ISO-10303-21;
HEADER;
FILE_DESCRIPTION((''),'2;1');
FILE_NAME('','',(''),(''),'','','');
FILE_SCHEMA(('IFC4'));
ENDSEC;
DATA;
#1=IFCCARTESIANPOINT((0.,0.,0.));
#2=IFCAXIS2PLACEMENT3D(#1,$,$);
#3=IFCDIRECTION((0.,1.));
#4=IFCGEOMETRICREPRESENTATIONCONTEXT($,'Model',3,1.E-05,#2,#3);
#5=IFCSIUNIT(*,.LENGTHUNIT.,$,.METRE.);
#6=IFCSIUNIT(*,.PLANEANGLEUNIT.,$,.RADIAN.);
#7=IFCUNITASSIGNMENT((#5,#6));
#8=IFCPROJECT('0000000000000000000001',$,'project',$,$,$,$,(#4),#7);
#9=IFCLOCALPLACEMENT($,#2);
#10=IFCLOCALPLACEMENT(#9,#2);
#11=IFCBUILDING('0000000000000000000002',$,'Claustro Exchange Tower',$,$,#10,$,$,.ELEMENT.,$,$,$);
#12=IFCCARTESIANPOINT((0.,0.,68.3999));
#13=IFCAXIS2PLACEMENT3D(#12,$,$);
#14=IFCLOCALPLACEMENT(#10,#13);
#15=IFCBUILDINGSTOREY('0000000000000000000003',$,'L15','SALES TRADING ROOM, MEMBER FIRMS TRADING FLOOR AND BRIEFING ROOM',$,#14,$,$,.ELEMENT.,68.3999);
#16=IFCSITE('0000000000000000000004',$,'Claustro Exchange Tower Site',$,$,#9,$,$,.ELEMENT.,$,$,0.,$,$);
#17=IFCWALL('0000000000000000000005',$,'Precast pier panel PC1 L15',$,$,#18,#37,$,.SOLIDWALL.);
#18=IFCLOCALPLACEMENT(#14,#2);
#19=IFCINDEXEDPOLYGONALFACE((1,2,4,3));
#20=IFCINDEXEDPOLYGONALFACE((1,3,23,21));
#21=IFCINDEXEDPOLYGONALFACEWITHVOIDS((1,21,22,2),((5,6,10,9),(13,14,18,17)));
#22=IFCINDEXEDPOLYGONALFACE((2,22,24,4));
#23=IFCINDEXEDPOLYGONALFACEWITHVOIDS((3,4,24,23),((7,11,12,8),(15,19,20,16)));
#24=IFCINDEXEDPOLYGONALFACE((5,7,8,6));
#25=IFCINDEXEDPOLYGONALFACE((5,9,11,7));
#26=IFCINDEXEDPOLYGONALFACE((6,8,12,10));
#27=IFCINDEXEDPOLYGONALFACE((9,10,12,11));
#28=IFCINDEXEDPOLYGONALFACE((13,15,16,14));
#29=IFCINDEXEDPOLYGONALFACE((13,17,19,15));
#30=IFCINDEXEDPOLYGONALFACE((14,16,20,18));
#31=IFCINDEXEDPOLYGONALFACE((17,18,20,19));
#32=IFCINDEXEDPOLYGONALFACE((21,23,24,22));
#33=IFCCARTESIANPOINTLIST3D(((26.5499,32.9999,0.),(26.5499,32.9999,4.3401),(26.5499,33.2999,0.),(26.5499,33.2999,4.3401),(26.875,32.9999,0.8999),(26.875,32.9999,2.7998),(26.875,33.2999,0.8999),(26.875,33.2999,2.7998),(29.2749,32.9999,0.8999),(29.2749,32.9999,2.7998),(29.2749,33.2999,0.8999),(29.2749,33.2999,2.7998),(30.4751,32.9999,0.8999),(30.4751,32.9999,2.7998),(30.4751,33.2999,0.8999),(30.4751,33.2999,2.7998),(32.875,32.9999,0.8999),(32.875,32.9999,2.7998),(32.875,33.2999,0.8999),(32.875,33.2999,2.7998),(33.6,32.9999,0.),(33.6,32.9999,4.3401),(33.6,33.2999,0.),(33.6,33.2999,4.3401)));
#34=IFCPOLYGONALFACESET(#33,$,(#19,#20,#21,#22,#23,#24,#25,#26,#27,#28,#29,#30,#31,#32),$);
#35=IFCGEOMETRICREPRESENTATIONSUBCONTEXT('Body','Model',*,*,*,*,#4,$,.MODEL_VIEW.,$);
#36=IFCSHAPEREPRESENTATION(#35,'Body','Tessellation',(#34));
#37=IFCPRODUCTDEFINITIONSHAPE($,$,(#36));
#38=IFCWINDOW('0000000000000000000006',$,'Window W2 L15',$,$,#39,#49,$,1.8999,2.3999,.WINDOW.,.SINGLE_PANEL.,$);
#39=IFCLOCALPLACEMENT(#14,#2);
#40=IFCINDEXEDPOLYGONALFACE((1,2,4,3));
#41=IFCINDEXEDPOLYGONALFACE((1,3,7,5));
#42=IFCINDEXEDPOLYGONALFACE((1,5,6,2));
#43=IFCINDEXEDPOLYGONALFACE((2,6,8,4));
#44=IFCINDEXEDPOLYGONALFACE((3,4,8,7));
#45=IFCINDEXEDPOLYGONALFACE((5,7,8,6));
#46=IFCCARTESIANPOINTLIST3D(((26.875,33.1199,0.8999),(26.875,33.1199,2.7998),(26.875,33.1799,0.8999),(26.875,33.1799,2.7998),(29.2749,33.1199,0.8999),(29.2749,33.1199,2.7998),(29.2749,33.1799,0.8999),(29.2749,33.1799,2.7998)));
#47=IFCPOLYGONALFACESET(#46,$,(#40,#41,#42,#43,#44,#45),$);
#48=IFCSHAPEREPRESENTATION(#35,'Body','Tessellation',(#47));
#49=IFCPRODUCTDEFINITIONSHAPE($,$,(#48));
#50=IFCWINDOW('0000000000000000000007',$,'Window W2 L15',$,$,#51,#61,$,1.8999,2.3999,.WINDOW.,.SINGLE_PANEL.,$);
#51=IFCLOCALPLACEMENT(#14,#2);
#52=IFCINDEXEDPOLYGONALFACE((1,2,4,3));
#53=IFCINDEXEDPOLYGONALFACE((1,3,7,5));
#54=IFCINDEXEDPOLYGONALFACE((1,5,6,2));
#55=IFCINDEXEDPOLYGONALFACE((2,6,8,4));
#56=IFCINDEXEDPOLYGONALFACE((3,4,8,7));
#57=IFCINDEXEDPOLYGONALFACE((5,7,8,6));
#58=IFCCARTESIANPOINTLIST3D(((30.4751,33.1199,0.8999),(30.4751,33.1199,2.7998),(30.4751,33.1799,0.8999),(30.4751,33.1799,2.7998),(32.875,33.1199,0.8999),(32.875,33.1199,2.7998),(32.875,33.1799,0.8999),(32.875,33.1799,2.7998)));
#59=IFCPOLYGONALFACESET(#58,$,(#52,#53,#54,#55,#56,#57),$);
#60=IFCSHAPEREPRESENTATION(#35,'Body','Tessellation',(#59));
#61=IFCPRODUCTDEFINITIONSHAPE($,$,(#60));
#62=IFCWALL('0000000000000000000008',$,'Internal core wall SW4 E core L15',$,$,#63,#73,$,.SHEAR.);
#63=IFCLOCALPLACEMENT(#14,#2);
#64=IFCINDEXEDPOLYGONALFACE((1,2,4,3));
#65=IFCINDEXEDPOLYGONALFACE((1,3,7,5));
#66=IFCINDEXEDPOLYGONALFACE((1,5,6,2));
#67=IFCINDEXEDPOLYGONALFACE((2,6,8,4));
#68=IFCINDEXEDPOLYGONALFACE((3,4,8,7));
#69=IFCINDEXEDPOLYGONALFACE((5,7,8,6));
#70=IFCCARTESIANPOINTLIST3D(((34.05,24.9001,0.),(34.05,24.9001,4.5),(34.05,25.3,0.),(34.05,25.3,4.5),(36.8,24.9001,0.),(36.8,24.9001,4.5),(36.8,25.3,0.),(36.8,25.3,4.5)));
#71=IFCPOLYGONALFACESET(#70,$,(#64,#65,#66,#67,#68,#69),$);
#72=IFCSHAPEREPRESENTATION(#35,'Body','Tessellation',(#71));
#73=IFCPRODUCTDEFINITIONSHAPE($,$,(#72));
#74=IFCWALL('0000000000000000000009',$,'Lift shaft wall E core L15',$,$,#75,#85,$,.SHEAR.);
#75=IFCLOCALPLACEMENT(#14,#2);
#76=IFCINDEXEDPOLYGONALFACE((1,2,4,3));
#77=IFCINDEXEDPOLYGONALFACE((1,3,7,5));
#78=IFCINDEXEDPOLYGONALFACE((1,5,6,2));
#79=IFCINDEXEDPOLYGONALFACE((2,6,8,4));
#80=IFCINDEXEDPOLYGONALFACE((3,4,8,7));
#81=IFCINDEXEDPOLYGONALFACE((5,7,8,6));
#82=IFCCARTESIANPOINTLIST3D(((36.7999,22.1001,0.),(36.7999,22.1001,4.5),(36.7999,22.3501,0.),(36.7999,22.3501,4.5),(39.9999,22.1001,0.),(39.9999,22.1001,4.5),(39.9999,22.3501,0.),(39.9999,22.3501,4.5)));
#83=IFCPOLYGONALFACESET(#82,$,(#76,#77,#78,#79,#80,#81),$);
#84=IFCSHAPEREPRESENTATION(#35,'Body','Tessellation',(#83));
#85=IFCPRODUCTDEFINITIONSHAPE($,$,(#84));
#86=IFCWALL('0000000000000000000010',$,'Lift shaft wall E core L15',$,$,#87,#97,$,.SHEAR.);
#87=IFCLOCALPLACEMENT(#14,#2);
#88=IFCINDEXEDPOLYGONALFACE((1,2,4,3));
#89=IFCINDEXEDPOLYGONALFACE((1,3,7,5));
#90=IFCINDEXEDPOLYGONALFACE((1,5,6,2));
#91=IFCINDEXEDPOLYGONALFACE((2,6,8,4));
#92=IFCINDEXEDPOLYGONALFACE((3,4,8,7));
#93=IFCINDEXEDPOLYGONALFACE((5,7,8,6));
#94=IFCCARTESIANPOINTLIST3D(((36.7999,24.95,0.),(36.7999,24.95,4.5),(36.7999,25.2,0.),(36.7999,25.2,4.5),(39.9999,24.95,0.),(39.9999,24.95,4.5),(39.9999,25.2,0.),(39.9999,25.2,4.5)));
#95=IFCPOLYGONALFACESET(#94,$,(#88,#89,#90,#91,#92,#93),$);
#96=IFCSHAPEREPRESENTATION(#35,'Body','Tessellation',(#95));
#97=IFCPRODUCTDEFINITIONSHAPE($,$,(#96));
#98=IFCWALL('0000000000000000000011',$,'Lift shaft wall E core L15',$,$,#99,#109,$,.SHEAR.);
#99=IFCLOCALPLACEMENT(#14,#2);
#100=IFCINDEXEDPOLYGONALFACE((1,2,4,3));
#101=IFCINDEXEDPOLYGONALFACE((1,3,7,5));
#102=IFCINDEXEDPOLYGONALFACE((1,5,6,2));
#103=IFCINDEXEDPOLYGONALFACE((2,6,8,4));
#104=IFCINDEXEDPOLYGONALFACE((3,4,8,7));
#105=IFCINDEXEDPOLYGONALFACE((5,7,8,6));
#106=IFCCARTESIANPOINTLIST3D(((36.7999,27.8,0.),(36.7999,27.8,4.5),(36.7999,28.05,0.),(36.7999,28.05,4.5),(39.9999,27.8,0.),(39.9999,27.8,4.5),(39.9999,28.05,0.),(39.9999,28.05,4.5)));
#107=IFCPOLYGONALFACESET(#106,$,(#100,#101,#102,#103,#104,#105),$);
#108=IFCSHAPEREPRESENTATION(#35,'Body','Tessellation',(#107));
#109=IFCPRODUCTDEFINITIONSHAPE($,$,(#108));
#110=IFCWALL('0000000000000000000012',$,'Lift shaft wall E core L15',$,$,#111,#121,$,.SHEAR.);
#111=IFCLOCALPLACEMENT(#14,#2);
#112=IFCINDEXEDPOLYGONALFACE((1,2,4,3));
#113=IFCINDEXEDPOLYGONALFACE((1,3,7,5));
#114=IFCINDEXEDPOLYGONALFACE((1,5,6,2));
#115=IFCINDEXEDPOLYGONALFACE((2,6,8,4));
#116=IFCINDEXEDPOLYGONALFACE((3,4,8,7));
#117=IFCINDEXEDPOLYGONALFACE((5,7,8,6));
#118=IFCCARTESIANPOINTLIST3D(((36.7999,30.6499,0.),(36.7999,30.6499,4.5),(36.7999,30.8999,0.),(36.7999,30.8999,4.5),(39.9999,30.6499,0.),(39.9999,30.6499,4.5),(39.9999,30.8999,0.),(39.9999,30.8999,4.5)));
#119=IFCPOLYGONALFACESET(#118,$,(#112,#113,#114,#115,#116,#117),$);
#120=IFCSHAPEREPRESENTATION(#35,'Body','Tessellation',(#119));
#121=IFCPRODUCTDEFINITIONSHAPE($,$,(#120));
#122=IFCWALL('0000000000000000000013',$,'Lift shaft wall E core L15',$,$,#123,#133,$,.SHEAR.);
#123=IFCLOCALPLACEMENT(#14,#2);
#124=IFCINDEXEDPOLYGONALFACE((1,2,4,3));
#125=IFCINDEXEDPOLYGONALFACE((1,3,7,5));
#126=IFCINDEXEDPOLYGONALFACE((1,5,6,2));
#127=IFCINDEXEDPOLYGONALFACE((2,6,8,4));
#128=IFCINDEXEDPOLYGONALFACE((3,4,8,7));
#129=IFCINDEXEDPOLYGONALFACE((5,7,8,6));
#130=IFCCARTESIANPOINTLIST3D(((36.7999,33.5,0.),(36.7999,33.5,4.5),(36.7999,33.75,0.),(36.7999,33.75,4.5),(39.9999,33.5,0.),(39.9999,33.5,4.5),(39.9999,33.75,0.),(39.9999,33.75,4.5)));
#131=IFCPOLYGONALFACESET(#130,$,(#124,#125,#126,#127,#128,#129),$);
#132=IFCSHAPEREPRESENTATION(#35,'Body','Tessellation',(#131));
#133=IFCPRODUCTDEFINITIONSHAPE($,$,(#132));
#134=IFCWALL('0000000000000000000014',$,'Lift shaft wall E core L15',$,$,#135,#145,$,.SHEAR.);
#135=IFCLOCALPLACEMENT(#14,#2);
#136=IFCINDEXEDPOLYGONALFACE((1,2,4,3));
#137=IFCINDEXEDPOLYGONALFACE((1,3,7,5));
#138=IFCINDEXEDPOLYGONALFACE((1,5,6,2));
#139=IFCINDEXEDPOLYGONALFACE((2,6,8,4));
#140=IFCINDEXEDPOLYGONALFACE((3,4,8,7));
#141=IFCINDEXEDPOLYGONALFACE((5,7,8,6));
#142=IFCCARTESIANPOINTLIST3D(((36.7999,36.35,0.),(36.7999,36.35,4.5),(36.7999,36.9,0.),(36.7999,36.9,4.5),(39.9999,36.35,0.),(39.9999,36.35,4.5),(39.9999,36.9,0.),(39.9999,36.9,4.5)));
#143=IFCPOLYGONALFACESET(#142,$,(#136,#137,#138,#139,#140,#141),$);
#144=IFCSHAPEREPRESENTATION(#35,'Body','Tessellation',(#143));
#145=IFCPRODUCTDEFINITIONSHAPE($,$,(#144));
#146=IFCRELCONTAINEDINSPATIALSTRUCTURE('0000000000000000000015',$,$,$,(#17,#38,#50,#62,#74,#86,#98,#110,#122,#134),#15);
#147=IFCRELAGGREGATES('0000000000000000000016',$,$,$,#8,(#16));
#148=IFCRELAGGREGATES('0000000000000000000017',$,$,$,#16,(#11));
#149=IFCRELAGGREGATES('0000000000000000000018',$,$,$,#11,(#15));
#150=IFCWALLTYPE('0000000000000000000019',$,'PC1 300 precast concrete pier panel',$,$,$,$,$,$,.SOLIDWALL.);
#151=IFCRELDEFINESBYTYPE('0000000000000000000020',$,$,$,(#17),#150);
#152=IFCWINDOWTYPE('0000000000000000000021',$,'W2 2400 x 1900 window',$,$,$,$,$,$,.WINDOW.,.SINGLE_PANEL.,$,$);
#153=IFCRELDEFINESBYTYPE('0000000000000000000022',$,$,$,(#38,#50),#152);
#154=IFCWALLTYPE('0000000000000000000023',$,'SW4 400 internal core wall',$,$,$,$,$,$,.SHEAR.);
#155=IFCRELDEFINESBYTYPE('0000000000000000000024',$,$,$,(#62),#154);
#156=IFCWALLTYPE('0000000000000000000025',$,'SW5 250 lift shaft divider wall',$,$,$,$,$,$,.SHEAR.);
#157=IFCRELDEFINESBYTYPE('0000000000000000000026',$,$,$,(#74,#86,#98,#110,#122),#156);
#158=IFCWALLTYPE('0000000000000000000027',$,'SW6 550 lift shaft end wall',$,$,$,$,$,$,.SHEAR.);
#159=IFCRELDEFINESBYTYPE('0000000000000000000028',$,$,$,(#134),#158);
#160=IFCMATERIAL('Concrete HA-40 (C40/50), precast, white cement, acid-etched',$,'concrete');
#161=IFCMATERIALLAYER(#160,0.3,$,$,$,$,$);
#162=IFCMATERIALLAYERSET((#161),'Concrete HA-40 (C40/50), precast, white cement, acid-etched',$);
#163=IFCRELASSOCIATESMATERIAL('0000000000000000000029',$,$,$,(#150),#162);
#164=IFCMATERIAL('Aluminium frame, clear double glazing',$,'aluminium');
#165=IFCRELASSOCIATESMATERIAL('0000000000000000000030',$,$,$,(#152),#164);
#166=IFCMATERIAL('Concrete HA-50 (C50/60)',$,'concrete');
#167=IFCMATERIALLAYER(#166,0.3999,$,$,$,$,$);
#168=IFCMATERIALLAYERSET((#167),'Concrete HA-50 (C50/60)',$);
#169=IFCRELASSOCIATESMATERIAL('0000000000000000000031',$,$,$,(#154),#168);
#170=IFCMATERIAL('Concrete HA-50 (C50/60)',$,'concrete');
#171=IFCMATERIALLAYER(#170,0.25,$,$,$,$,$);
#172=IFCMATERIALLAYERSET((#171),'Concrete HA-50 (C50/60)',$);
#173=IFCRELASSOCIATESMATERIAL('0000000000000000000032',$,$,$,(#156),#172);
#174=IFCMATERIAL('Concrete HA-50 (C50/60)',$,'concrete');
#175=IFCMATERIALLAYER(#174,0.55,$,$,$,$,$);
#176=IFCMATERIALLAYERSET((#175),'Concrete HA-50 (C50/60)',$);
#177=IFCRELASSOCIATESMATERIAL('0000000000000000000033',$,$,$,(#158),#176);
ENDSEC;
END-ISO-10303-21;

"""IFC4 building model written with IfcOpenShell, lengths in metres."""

from ifc_helpers import new_model, si_unit, direction, frame, frame_2d, origin, place, context, subcontext, project, spatial, rectangle, extrude, material, layer, layer_set, type_object, element, fill, save


model = new_model("IFC4")

# Units and contexts
model_context = context("Model", 3, precision=1e-05, world=origin(), true_north=direction((0.0, 1.0)))
body_context = subcontext(model_context, "Body", "Model", "MODEL_VIEW")
ifc_project = project(units=[si_unit("LENGTHUNIT", "METRE"), si_unit("PLANEANGLEUNIT", "RADIAN")], contexts=[model_context])

# Site, building, storey
site_placement = place(None, origin())
site = spatial("IfcSite", under=ifc_project, at=site_placement, Name="Claustro Exchange Tower Site", CompositionType="ELEMENT", RefElevation=0.0)
building_placement = place(site_placement, origin())
building = spatial("IfcBuilding", under=site, at=building_placement, Name="Claustro Exchange Tower", CompositionType="ELEMENT")
storey_placement = place(building_placement, frame((0.0, 0.0, 68.3999)))
storey = spatial("IfcBuildingStorey", under=building, at=storey_placement, Name="L15", Description="SALES TRADING ROOM, MEMBER FIRMS TRADING FLOOR AND BRIEFING ROOM", CompositionType="ELEMENT", Elevation=68.3999)

# Wall, openings, windows
ifc_material_1 = material(Name="Concrete HA-40 (C40/50), precast, white cement, acid-etched", Category="concrete")
ifc_layer_1 = layer(ifc_material_1, 0.3)
ifc_layer_set_1 = layer_set([ifc_layer_1], Name="Concrete HA-40 (C40/50), precast, white cement, acid-etched")
wall_type_1 = type_object("IfcWallType", Name="PC1 300 precast concrete pier panel", PredefinedType="SOLIDWALL", material=ifc_layer_set_1)
wall_1_placement = place(storey_placement, frame((26.55, 33.1499, 0.0), z_axis=(0.0, 0.0, 1.0), x_axis=(1.0, 0.0, 0.0)))
wall_1 = element("IfcWall", 1, at=wall_1_placement, inside=storey, type_object=wall_type_1, Name="Precast pier panel PC1 L15", PredefinedType="SOLIDWALL", context=body_context, shape_type="SweptSolid", body=[
    extrude(rectangle(XDim=7.05, YDim=0.3, at=frame_2d((3.5249, 0.0))), origin(), (0.0, 0.0, 1.0), 4.3401),
])
opening_1_placement = place(wall_1_placement, frame((0.325, 0.0, 0.8999)))
opening_1 = element("IfcOpeningElement", 2, at=opening_1_placement, cuts=wall_1, PredefinedType="OPENING", context=body_context, shape_type="SweptSolid", body=[
    extrude(rectangle(XDim=2.3999, YDim=1.8999, at=frame_2d((1.2, 0.95))), frame((0.0, 0.1599, 0.0), z_axis=(0.0, -1.0, 0.0), x_axis=(1.0, 0.0, 0.0)), (0.0, 0.0, 1.0), 0.3201),
])
opening_2_placement = place(wall_1_placement, frame((3.925, 0.0, 0.8999)))
opening_2 = element("IfcOpeningElement", 3, at=opening_2_placement, cuts=wall_1, PredefinedType="OPENING", context=body_context, shape_type="SweptSolid", body=[
    extrude(rectangle(XDim=2.3999, YDim=1.8999, at=frame_2d((1.2, 0.95))), frame((0.0, 0.1599, 0.0), z_axis=(0.0, -1.0, 0.0), x_axis=(1.0, 0.0, 0.0)), (0.0, 0.0, 1.0), 0.3201),
])
ifc_material_2 = material(Name="Aluminium frame, clear double glazing", Category="aluminium")
window_type = type_object("IfcWindowType", Name="W2 2400 x 1900 window", PartitioningType="SINGLE_PANEL", PredefinedType="WINDOW", material=ifc_material_2)
window_1_placement = place(opening_1_placement, origin())
window_1 = element("IfcWindow", 4, at=window_1_placement, inside=storey, type_object=window_type, Name="Window W2 L15", OverallHeight=1.8999, OverallWidth=2.3999, PartitioningType="SINGLE_PANEL", PredefinedType="WINDOW", context=body_context, shape_type="SweptSolid", body=[
    extrude(rectangle(XDim=2.3999, YDim=1.8999, at=frame_2d((1.2, 0.95))), frame((0.0, 0.03, 0.0), z_axis=(0.0, -1.0, 0.0), x_axis=(1.0, 0.0, 0.0)), (0.0, 0.0, 1.0), 0.0601),
])
fill(opening_1, window_1)
window_2_placement = place(opening_2_placement, origin())
window_2 = element("IfcWindow", 5, at=window_2_placement, inside=storey, type_object=window_type, Name="Window W2 L15", OverallHeight=1.8999, OverallWidth=2.3999, PartitioningType="SINGLE_PANEL", PredefinedType="WINDOW", context=body_context, shape_type="SweptSolid", body=[
    extrude(rectangle(XDim=2.3999, YDim=1.8999, at=frame_2d((1.2, 0.95))), frame((0.0, 0.03, 0.0), z_axis=(0.0, -1.0, 0.0), x_axis=(1.0, 0.0, 0.0)), (0.0, 0.0, 1.0), 0.0601),
])
fill(opening_2, window_2)

# Walls
ifc_material_3 = material(Name="Concrete HA-50 (C50/60)", Category="concrete")
ifc_layer_2 = layer(ifc_material_3, 0.3999)
ifc_layer_set_2 = layer_set([ifc_layer_2], Name="Concrete HA-50 (C50/60)")
wall_type_2 = type_object("IfcWallType", Name="SW4 400 internal core wall", PredefinedType="SHEAR", material=ifc_layer_set_2)
wall_2_placement = place(storey_placement, frame((36.8, 25.1001, 0.0), z_axis=(0.0, 0.0, 1.0), x_axis=(-1.0, 0.0, 0.0)))
element("IfcWall", 6, at=wall_2_placement, inside=storey, type_object=wall_type_2, Name="Internal core wall SW4 E core L15", PredefinedType="SHEAR", context=body_context, shape_type="SweptSolid", body=[
    extrude(rectangle(XDim=2.75, YDim=0.3999, at=frame_2d((1.375, 0.0))), origin(), (0.0, 0.0, 1.0), 4.5),
])
ifc_material_4 = material(Name="Concrete HA-50 (C50/60)", Category="concrete")
ifc_layer_3 = layer(ifc_material_4, 0.25)
ifc_layer_set_3 = layer_set([ifc_layer_3], Name="Concrete HA-50 (C50/60)")
wall_type_3 = type_object("IfcWallType", Name="SW5 250 lift shaft divider wall", PredefinedType="SHEAR", material=ifc_layer_set_3)
for number, where, z_axis, x_axis, name in (
    (7, (40.0, 22.2251, 0.0), (0.0, 0.0, 1.0), (-1.0, 0.0, 0.0), "Lift shaft wall E core L15"),
    (8, (40.0, 25.075, 0.0), (0.0, 0.0, 1.0), (-1.0, 0.0, 0.0), "Lift shaft wall E core L15"),
    (9, (40.0, 27.925, 0.0), (0.0, 0.0, 1.0), (-1.0, 0.0, 0.0), "Lift shaft wall E core L15"),
    (10, (40.0, 30.7749, 0.0), (0.0, 0.0, 1.0), (-1.0, 0.0, 0.0), "Lift shaft wall E core L15"),
    (11, (40.0, 33.625, 0.0), (0.0, 0.0, 1.0), (-1.0, 0.0, 0.0), "Lift shaft wall E core L15"),
):
    element("IfcWall", number, at=place(storey_placement, frame(where, z_axis=z_axis, x_axis=x_axis)), inside=storey, type_object=wall_type_3, Name=name, PredefinedType="SHEAR", context=body_context, shape_type="SweptSolid", body=[
        extrude(rectangle(XDim=3.2, YDim=0.25, at=frame_2d((1.6001, 0.0))), origin(), (0.0, 0.0, 1.0), 4.5),
    ])
ifc_material_5 = material(Name="Concrete HA-50 (C50/60)", Category="concrete")
ifc_layer_4 = layer(ifc_material_5, 0.55)
ifc_layer_set_4 = layer_set([ifc_layer_4], Name="Concrete HA-50 (C50/60)")
wall_type_4 = type_object("IfcWallType", Name="SW6 550 lift shaft end wall", PredefinedType="SHEAR", material=ifc_layer_set_4)
wall_3_placement = place(storey_placement, frame((40.0, 36.625, 0.0), z_axis=(0.0, 0.0, 1.0), x_axis=(-1.0, 0.0, 0.0)))
element("IfcWall", 12, at=wall_3_placement, inside=storey, type_object=wall_type_4, Name="Lift shaft wall E core L15", PredefinedType="SHEAR", context=body_context, shape_type="SweptSolid", body=[
    extrude(rectangle(XDim=3.2, YDim=0.55, at=frame_2d((1.6001, 0.0))), origin(), (0.0, 0.0, 1.0), 4.5),
])

save(model, "model.ifc")
